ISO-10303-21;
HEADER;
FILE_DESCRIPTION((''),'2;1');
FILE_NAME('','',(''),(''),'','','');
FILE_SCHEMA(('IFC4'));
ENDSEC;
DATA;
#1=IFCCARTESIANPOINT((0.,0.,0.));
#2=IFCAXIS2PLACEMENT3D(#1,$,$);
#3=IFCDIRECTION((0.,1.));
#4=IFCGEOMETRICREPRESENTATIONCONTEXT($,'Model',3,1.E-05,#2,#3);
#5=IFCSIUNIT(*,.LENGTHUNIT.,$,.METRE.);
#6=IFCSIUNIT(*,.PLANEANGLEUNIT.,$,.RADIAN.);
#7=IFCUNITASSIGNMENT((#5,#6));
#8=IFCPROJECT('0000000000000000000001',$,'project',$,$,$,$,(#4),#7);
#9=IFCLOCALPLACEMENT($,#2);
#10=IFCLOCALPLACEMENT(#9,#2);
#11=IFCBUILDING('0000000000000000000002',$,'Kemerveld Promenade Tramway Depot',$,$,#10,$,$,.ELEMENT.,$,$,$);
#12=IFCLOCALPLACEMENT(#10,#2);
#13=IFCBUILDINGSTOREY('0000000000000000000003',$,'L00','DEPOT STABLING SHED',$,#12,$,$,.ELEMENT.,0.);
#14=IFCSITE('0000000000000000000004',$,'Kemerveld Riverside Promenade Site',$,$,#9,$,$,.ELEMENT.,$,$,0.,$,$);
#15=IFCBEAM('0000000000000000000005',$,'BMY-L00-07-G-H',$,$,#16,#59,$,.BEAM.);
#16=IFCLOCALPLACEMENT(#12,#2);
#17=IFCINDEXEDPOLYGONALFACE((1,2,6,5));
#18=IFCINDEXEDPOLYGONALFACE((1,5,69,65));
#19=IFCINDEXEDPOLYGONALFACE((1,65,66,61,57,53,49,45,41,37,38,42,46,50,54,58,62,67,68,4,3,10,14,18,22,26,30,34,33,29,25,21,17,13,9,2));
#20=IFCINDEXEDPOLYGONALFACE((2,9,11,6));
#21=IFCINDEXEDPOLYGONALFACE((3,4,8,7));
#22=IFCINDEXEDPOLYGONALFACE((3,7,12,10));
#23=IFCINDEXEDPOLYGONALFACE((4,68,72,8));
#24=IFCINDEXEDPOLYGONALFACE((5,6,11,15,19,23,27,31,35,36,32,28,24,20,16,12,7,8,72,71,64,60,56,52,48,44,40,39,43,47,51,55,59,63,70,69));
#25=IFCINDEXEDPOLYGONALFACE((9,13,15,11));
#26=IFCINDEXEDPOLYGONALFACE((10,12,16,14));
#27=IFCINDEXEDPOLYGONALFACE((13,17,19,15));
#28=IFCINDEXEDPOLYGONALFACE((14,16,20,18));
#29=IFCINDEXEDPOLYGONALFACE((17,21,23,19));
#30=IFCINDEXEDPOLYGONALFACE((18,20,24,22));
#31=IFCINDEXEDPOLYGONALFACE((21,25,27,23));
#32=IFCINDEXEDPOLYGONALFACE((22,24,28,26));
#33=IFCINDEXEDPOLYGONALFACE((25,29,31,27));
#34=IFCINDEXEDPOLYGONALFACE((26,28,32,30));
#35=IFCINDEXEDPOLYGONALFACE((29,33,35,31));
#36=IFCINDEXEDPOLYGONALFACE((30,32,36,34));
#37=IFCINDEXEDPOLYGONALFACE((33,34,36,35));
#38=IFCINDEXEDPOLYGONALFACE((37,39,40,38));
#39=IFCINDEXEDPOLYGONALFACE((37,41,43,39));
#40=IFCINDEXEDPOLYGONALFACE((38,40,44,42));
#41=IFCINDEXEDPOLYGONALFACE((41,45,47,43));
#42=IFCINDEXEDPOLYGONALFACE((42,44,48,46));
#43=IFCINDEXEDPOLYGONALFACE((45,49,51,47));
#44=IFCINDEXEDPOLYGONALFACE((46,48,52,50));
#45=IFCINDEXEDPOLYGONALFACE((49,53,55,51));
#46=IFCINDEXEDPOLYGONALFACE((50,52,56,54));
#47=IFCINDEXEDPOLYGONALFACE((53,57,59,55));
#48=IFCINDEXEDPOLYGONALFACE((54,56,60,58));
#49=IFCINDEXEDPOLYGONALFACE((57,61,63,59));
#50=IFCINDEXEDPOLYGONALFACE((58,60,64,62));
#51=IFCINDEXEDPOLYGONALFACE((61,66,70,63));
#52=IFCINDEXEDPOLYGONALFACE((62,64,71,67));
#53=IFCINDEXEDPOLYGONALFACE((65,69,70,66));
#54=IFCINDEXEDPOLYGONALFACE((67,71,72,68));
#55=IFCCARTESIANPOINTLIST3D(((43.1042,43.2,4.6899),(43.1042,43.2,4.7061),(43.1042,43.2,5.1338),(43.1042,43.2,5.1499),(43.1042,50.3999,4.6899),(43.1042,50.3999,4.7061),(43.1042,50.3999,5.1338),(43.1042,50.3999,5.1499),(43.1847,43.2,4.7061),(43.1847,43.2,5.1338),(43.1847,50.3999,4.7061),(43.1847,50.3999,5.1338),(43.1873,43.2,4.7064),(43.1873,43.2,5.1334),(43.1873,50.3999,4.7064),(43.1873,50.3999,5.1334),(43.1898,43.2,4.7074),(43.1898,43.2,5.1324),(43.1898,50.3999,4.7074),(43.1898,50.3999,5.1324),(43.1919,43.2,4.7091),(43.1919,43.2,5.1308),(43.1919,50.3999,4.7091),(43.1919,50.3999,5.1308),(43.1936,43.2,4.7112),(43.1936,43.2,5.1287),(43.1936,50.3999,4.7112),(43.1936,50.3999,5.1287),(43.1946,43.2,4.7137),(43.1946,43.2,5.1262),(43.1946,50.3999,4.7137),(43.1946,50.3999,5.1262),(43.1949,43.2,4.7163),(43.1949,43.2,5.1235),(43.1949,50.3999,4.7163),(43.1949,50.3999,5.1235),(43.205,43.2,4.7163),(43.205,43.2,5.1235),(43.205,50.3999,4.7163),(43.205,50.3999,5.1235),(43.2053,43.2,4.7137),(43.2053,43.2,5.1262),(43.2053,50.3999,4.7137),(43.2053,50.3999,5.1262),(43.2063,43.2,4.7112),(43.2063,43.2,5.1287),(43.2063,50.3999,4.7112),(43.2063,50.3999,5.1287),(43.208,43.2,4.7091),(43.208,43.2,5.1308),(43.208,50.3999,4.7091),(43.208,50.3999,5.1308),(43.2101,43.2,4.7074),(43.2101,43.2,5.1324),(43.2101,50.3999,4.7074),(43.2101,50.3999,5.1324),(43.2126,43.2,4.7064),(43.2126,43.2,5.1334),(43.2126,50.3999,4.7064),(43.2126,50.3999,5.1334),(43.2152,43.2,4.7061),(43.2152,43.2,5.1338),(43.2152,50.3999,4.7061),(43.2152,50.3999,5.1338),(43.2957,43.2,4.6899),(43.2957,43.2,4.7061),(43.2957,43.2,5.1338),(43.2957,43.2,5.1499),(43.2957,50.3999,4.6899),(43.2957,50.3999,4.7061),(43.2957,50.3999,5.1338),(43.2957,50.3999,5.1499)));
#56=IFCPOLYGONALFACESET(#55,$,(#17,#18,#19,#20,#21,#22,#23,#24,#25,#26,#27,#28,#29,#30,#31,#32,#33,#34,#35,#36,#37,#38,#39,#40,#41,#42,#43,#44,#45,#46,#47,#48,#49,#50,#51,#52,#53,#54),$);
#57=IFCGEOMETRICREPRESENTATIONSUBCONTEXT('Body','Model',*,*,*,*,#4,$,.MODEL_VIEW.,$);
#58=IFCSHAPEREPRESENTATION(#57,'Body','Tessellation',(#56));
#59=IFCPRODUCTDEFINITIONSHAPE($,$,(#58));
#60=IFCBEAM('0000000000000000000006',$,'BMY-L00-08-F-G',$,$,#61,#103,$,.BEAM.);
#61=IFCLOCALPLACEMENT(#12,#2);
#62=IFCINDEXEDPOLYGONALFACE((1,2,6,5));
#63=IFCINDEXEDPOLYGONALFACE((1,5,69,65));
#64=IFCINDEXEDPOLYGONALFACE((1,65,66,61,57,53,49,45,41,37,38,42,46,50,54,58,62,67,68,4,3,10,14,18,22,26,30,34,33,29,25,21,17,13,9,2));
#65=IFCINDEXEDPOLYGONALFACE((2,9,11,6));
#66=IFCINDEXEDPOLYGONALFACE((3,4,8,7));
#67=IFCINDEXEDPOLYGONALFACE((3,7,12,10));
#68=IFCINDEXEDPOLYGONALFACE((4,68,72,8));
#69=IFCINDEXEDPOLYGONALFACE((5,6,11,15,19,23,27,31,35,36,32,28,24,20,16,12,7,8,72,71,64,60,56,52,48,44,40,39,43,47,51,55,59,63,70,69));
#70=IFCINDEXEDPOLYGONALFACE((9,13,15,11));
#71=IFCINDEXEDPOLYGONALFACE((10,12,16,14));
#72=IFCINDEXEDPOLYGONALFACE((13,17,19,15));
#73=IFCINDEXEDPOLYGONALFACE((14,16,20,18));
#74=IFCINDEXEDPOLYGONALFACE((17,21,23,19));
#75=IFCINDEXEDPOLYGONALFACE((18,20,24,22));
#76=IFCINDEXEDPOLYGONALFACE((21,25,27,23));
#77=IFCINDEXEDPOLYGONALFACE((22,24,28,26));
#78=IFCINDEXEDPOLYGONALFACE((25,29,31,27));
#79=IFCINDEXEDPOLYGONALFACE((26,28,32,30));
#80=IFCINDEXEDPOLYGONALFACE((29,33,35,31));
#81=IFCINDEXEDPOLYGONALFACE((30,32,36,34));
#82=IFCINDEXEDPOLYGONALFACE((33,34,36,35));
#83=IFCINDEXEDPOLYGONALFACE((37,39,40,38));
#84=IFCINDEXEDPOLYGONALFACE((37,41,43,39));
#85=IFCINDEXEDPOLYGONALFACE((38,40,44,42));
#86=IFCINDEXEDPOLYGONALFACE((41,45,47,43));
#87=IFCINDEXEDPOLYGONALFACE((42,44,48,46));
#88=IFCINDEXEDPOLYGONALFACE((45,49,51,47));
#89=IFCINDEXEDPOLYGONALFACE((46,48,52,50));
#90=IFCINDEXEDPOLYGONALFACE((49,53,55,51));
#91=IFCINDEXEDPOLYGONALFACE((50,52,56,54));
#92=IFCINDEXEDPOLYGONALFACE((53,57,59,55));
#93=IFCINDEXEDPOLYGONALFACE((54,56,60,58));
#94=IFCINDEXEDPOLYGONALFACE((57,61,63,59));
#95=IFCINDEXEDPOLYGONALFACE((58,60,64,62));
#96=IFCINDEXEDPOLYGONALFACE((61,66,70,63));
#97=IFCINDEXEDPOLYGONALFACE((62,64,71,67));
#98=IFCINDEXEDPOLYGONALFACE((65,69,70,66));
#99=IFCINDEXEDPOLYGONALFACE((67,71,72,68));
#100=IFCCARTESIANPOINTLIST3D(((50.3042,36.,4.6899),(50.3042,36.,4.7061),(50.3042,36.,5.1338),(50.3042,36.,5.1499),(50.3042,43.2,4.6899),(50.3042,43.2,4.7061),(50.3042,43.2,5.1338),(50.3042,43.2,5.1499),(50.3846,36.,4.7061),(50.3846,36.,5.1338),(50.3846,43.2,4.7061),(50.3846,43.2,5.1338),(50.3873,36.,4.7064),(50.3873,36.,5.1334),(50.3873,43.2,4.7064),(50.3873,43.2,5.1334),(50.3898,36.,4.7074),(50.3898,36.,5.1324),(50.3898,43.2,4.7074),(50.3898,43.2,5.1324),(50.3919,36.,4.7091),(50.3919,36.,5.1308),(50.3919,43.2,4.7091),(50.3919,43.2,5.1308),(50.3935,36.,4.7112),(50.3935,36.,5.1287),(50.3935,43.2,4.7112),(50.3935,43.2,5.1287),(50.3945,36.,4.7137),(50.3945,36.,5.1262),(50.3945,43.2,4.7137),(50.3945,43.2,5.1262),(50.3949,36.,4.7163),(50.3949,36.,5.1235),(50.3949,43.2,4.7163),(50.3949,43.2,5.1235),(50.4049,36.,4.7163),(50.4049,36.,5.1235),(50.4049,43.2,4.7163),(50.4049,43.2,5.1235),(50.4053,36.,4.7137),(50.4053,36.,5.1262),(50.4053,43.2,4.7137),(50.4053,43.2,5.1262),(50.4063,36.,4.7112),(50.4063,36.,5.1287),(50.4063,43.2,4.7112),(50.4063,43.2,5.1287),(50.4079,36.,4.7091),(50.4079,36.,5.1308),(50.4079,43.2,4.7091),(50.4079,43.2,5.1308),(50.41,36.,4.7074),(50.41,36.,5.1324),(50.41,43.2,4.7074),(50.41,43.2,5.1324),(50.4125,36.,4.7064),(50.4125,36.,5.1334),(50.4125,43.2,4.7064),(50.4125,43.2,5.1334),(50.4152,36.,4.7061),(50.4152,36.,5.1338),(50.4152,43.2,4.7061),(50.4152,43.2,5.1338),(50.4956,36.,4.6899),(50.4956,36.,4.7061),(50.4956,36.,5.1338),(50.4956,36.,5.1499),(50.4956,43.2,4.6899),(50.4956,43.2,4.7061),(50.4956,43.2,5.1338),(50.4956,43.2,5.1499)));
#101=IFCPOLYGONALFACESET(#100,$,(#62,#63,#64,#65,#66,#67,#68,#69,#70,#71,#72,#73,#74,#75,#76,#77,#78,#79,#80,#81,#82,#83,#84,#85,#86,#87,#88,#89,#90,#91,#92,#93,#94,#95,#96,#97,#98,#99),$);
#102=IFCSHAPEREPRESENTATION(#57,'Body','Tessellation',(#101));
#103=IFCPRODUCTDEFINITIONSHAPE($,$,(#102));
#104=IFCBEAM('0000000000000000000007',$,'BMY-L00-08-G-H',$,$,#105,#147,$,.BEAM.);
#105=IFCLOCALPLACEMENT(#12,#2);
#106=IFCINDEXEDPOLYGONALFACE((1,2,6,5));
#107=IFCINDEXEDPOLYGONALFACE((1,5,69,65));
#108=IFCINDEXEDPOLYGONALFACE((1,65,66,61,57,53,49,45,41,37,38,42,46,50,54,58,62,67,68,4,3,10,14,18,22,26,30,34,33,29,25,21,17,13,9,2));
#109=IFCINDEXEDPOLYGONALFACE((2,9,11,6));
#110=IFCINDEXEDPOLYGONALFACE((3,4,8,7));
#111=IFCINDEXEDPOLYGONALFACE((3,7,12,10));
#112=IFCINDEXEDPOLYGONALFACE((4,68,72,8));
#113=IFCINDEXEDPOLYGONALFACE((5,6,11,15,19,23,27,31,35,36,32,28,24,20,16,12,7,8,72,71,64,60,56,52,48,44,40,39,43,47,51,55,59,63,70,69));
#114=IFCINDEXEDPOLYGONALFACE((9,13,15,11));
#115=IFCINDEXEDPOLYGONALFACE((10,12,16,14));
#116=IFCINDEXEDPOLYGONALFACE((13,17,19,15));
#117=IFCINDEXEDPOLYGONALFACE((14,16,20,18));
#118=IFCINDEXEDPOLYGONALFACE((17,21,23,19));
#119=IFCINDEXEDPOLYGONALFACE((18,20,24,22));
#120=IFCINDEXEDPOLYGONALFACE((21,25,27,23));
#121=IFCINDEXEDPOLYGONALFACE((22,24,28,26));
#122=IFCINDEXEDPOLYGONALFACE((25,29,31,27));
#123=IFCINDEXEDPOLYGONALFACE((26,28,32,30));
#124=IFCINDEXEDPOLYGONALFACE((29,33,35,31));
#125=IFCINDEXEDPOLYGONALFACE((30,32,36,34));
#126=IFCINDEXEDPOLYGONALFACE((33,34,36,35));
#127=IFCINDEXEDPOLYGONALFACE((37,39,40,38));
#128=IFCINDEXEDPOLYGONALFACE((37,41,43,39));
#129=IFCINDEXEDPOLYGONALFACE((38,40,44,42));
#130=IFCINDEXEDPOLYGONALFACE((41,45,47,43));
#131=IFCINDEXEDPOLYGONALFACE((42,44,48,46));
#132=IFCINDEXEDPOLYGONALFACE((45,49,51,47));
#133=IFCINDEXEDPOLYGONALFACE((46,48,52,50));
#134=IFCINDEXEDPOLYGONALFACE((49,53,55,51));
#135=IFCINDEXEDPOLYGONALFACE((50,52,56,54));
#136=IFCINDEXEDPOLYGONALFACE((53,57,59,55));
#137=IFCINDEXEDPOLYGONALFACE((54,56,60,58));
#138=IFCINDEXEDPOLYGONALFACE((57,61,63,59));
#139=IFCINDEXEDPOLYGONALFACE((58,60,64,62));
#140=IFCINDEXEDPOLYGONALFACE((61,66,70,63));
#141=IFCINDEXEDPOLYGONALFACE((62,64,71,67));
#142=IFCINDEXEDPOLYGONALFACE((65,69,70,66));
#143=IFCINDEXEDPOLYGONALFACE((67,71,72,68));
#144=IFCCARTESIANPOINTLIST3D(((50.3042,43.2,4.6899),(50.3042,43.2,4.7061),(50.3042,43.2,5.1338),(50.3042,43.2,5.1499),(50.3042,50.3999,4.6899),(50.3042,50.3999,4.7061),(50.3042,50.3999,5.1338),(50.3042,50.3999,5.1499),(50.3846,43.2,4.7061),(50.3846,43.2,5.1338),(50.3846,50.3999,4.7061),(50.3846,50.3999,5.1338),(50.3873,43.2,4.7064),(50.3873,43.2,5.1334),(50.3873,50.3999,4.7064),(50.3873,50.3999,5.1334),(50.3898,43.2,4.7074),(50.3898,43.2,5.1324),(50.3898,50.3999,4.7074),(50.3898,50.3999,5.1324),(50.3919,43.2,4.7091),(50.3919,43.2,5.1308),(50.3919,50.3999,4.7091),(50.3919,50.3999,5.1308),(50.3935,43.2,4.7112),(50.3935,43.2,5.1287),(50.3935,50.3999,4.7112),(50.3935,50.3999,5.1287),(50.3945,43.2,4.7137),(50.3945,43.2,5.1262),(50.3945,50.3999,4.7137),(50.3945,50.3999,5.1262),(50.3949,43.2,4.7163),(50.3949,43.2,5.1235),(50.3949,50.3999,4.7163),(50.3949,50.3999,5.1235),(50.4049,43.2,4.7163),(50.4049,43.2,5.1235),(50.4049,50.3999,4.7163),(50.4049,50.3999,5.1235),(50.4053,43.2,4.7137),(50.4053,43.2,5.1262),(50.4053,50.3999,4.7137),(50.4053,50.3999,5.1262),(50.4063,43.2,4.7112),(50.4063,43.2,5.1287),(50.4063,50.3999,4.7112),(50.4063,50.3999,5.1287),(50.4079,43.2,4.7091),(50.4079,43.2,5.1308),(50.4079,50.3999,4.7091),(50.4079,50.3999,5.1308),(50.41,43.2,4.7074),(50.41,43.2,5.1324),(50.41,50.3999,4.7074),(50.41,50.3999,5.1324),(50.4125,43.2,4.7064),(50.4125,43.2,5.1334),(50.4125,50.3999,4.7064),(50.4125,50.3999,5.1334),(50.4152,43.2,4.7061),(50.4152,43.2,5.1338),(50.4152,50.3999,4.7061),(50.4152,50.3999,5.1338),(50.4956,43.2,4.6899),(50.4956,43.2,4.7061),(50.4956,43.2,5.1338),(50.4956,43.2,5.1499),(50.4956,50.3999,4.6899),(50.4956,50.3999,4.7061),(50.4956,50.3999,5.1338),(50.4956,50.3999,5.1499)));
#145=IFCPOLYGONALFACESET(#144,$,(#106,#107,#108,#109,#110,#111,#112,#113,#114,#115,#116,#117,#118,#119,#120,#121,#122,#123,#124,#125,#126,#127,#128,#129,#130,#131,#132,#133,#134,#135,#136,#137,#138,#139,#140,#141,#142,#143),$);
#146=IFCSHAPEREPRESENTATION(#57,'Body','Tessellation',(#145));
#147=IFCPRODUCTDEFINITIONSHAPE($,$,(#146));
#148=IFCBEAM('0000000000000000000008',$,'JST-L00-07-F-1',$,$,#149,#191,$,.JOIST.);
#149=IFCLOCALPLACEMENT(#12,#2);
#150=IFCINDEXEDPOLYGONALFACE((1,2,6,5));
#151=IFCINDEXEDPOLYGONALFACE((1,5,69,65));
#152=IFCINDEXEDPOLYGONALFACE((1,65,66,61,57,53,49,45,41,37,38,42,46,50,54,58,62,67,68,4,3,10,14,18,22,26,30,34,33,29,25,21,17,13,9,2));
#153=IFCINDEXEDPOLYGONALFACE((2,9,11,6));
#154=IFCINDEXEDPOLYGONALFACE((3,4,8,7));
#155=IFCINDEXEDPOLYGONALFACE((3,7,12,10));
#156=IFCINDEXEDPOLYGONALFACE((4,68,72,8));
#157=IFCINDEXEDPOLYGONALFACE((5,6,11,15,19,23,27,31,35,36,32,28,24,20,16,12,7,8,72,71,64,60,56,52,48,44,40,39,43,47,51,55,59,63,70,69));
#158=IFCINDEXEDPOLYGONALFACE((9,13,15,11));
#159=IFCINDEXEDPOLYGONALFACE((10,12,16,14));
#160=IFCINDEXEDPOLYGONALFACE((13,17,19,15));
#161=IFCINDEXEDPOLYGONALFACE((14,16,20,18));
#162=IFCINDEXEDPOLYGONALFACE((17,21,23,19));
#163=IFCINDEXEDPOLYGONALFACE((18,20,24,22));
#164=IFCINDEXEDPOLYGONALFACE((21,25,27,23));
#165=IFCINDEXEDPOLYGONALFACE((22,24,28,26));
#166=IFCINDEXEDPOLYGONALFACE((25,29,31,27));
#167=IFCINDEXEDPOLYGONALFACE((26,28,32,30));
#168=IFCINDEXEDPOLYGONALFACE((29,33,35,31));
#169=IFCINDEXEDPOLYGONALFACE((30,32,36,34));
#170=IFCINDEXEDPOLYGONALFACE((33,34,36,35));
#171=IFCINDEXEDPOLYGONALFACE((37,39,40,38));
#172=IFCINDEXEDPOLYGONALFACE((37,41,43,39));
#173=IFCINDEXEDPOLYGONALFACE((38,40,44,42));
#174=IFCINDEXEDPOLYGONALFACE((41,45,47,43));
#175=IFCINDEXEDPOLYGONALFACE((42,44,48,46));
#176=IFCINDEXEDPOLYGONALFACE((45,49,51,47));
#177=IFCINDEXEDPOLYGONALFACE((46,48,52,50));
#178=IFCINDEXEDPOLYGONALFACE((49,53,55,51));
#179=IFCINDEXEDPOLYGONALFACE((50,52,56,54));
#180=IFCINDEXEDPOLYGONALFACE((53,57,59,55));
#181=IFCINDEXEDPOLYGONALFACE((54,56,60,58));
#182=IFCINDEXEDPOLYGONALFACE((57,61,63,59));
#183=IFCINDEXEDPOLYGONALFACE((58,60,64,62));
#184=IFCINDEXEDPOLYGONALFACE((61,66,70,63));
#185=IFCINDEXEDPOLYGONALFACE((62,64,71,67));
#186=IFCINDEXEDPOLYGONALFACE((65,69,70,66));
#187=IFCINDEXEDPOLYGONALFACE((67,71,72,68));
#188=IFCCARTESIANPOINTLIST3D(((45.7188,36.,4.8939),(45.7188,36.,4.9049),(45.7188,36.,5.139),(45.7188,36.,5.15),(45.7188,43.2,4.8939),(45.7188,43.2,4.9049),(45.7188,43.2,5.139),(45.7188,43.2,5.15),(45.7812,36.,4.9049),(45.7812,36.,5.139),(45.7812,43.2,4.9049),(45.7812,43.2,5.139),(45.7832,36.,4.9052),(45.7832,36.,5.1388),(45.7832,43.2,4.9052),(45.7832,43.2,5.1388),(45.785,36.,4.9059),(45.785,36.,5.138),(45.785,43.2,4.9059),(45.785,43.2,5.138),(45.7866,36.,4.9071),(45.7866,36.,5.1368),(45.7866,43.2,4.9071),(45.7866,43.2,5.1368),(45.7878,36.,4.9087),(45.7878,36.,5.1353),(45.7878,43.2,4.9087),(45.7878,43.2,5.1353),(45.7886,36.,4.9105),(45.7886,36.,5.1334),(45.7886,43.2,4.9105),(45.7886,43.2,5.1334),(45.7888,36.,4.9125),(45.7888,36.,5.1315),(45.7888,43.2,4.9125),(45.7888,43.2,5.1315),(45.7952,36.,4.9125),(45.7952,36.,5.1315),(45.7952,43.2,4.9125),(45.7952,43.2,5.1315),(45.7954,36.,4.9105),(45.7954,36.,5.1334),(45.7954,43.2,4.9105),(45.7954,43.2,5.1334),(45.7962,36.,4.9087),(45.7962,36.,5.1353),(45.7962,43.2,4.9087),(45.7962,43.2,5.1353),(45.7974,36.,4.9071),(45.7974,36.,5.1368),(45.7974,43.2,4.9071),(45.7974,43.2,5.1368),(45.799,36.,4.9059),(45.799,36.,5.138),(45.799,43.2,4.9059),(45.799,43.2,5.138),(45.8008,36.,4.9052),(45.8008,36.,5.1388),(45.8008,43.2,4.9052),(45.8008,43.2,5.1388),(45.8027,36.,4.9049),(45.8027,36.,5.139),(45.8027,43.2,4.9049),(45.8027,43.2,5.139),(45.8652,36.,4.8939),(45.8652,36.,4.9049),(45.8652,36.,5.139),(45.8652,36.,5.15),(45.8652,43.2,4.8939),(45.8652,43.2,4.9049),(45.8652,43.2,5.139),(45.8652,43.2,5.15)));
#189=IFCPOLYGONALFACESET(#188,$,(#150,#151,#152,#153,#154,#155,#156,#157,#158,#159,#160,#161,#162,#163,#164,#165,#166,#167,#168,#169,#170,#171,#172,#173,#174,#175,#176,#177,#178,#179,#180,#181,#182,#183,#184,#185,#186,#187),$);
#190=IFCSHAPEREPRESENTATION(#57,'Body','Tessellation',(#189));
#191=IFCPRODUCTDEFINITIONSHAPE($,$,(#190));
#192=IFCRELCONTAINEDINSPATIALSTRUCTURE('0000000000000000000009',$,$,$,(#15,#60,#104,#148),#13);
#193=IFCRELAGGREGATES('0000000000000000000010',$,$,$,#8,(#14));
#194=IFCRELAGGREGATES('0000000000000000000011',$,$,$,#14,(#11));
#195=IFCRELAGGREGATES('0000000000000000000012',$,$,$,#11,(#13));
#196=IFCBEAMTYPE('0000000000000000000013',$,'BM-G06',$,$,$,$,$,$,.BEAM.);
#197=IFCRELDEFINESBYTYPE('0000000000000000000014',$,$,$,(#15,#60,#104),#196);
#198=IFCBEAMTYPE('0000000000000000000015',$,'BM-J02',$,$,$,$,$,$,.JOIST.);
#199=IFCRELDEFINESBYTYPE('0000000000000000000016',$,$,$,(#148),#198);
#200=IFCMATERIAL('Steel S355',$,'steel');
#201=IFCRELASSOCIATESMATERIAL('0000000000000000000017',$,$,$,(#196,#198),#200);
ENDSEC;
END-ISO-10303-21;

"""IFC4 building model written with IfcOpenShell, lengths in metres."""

from ifc_helpers import new_model, si_unit, direction, frame, origin, origin_2d, place, context, subcontext, project, spatial, i_section, extrude, material, material_profile, profile_set, type_object, element, save


model = new_model("IFC4")

# Units and contexts
model_context = context("Model", 3, precision=1e-05, world=origin(), true_north=direction((0.0, 1.0)))
body_context = subcontext(model_context, "Body", "Model", "MODEL_VIEW")
ifc_project = project(units=[si_unit("LENGTHUNIT", "METRE"), si_unit("PLANEANGLEUNIT", "RADIAN")], contexts=[model_context])

# Site, building, storey
site_placement = place(None, origin())
site = spatial("IfcSite", under=ifc_project, at=site_placement, Name="Kemerveld Riverside Promenade Site", CompositionType="ELEMENT", RefElevation=0.0)
building_placement = place(site_placement, origin())
building = spatial("IfcBuilding", under=site, at=building_placement, Name="Kemerveld Promenade Tramway Depot", CompositionType="ELEMENT")
storey_placement = place(building_placement, origin())
storey = spatial("IfcBuildingStorey", under=building, at=storey_placement, Name="L00", Description="DEPOT STABLING SHED", CompositionType="ELEMENT", Elevation=0.0)

# Shared definitions
ifc_material_1 = material(Name="Steel S355", Category="steel")

# Beams
ifc_material_profile_1 = material_profile(ifc_material_1, i_section(OverallWidth=0.1914, OverallDepth=0.46, WebThickness=0.01, FlangeThickness=0.0161, FilletRadius=0.0103, at=origin_2d()), Name="457x191x82 UB")
ifc_profile_set_1 = profile_set([ifc_material_profile_1], Name="Steel S355")
beam_type_1 = type_object("IfcBeamType", Name="BM-G06", PredefinedType="BEAM", material=ifc_profile_set_1)
for number, where, z_axis, x_axis, name in (
    (1, (43.2, 43.2, 4.9199), (0.0, 1.0, 0.0), (-1.0, 0.0, 0.0), "BMY-L00-07-G-H"),
    (2, (50.3999, 36.0, 4.9199), (0.0, 1.0, 0.0), (-1.0, 0.0, 0.0), "BMY-L00-08-F-G"),
    (3, (50.3999, 43.2, 4.9199), (0.0, 1.0, 0.0), (-1.0, 0.0, 0.0), "BMY-L00-08-G-H"),
):
    element("IfcBeam", number, at=place(storey_placement, frame(where, z_axis=z_axis, x_axis=x_axis)), inside=storey, type_object=beam_type_1, Name=name, PredefinedType="BEAM", context=body_context, shape_type="SweptSolid", body=[
        extrude(i_section(OverallWidth=0.1914, OverallDepth=0.46, WebThickness=0.01, FlangeThickness=0.0161, FilletRadius=0.0103, at=origin_2d()), origin(), (0.0, 0.0, 1.0), 7.2),
    ])
ifc_material_profile_2 = material_profile(ifc_material_1, i_section(OverallWidth=0.1465, OverallDepth=0.2561, WebThickness=0.0063, FlangeThickness=0.011, FilletRadius=0.0076, at=origin_2d()), Name="254x146x37 UB")
ifc_profile_set_2 = profile_set([ifc_material_profile_2], Name="Steel S355")
beam_type_2 = type_object("IfcBeamType", Name="BM-J02", PredefinedType="JOIST", material=ifc_profile_set_2)
for number, where, z_axis, x_axis, name in (
    (4, (45.792, 36.0, 5.022), (0.0, 1.0, 0.0), (-1.0, 0.0, 0.0), "JST-L00-07-F-1"),
):
    element("IfcBeam", number, at=place(storey_placement, frame(where, z_axis=z_axis, x_axis=x_axis)), inside=storey, type_object=beam_type_2, Name=name, PredefinedType="JOIST", context=body_context, shape_type="SweptSolid", body=[
        extrude(i_section(OverallWidth=0.1465, OverallDepth=0.2561, WebThickness=0.0063, FlangeThickness=0.011, FilletRadius=0.0076, at=origin_2d()), origin(), (0.0, 0.0, 1.0), 7.2),
    ])

save(model, "model.ifc")
